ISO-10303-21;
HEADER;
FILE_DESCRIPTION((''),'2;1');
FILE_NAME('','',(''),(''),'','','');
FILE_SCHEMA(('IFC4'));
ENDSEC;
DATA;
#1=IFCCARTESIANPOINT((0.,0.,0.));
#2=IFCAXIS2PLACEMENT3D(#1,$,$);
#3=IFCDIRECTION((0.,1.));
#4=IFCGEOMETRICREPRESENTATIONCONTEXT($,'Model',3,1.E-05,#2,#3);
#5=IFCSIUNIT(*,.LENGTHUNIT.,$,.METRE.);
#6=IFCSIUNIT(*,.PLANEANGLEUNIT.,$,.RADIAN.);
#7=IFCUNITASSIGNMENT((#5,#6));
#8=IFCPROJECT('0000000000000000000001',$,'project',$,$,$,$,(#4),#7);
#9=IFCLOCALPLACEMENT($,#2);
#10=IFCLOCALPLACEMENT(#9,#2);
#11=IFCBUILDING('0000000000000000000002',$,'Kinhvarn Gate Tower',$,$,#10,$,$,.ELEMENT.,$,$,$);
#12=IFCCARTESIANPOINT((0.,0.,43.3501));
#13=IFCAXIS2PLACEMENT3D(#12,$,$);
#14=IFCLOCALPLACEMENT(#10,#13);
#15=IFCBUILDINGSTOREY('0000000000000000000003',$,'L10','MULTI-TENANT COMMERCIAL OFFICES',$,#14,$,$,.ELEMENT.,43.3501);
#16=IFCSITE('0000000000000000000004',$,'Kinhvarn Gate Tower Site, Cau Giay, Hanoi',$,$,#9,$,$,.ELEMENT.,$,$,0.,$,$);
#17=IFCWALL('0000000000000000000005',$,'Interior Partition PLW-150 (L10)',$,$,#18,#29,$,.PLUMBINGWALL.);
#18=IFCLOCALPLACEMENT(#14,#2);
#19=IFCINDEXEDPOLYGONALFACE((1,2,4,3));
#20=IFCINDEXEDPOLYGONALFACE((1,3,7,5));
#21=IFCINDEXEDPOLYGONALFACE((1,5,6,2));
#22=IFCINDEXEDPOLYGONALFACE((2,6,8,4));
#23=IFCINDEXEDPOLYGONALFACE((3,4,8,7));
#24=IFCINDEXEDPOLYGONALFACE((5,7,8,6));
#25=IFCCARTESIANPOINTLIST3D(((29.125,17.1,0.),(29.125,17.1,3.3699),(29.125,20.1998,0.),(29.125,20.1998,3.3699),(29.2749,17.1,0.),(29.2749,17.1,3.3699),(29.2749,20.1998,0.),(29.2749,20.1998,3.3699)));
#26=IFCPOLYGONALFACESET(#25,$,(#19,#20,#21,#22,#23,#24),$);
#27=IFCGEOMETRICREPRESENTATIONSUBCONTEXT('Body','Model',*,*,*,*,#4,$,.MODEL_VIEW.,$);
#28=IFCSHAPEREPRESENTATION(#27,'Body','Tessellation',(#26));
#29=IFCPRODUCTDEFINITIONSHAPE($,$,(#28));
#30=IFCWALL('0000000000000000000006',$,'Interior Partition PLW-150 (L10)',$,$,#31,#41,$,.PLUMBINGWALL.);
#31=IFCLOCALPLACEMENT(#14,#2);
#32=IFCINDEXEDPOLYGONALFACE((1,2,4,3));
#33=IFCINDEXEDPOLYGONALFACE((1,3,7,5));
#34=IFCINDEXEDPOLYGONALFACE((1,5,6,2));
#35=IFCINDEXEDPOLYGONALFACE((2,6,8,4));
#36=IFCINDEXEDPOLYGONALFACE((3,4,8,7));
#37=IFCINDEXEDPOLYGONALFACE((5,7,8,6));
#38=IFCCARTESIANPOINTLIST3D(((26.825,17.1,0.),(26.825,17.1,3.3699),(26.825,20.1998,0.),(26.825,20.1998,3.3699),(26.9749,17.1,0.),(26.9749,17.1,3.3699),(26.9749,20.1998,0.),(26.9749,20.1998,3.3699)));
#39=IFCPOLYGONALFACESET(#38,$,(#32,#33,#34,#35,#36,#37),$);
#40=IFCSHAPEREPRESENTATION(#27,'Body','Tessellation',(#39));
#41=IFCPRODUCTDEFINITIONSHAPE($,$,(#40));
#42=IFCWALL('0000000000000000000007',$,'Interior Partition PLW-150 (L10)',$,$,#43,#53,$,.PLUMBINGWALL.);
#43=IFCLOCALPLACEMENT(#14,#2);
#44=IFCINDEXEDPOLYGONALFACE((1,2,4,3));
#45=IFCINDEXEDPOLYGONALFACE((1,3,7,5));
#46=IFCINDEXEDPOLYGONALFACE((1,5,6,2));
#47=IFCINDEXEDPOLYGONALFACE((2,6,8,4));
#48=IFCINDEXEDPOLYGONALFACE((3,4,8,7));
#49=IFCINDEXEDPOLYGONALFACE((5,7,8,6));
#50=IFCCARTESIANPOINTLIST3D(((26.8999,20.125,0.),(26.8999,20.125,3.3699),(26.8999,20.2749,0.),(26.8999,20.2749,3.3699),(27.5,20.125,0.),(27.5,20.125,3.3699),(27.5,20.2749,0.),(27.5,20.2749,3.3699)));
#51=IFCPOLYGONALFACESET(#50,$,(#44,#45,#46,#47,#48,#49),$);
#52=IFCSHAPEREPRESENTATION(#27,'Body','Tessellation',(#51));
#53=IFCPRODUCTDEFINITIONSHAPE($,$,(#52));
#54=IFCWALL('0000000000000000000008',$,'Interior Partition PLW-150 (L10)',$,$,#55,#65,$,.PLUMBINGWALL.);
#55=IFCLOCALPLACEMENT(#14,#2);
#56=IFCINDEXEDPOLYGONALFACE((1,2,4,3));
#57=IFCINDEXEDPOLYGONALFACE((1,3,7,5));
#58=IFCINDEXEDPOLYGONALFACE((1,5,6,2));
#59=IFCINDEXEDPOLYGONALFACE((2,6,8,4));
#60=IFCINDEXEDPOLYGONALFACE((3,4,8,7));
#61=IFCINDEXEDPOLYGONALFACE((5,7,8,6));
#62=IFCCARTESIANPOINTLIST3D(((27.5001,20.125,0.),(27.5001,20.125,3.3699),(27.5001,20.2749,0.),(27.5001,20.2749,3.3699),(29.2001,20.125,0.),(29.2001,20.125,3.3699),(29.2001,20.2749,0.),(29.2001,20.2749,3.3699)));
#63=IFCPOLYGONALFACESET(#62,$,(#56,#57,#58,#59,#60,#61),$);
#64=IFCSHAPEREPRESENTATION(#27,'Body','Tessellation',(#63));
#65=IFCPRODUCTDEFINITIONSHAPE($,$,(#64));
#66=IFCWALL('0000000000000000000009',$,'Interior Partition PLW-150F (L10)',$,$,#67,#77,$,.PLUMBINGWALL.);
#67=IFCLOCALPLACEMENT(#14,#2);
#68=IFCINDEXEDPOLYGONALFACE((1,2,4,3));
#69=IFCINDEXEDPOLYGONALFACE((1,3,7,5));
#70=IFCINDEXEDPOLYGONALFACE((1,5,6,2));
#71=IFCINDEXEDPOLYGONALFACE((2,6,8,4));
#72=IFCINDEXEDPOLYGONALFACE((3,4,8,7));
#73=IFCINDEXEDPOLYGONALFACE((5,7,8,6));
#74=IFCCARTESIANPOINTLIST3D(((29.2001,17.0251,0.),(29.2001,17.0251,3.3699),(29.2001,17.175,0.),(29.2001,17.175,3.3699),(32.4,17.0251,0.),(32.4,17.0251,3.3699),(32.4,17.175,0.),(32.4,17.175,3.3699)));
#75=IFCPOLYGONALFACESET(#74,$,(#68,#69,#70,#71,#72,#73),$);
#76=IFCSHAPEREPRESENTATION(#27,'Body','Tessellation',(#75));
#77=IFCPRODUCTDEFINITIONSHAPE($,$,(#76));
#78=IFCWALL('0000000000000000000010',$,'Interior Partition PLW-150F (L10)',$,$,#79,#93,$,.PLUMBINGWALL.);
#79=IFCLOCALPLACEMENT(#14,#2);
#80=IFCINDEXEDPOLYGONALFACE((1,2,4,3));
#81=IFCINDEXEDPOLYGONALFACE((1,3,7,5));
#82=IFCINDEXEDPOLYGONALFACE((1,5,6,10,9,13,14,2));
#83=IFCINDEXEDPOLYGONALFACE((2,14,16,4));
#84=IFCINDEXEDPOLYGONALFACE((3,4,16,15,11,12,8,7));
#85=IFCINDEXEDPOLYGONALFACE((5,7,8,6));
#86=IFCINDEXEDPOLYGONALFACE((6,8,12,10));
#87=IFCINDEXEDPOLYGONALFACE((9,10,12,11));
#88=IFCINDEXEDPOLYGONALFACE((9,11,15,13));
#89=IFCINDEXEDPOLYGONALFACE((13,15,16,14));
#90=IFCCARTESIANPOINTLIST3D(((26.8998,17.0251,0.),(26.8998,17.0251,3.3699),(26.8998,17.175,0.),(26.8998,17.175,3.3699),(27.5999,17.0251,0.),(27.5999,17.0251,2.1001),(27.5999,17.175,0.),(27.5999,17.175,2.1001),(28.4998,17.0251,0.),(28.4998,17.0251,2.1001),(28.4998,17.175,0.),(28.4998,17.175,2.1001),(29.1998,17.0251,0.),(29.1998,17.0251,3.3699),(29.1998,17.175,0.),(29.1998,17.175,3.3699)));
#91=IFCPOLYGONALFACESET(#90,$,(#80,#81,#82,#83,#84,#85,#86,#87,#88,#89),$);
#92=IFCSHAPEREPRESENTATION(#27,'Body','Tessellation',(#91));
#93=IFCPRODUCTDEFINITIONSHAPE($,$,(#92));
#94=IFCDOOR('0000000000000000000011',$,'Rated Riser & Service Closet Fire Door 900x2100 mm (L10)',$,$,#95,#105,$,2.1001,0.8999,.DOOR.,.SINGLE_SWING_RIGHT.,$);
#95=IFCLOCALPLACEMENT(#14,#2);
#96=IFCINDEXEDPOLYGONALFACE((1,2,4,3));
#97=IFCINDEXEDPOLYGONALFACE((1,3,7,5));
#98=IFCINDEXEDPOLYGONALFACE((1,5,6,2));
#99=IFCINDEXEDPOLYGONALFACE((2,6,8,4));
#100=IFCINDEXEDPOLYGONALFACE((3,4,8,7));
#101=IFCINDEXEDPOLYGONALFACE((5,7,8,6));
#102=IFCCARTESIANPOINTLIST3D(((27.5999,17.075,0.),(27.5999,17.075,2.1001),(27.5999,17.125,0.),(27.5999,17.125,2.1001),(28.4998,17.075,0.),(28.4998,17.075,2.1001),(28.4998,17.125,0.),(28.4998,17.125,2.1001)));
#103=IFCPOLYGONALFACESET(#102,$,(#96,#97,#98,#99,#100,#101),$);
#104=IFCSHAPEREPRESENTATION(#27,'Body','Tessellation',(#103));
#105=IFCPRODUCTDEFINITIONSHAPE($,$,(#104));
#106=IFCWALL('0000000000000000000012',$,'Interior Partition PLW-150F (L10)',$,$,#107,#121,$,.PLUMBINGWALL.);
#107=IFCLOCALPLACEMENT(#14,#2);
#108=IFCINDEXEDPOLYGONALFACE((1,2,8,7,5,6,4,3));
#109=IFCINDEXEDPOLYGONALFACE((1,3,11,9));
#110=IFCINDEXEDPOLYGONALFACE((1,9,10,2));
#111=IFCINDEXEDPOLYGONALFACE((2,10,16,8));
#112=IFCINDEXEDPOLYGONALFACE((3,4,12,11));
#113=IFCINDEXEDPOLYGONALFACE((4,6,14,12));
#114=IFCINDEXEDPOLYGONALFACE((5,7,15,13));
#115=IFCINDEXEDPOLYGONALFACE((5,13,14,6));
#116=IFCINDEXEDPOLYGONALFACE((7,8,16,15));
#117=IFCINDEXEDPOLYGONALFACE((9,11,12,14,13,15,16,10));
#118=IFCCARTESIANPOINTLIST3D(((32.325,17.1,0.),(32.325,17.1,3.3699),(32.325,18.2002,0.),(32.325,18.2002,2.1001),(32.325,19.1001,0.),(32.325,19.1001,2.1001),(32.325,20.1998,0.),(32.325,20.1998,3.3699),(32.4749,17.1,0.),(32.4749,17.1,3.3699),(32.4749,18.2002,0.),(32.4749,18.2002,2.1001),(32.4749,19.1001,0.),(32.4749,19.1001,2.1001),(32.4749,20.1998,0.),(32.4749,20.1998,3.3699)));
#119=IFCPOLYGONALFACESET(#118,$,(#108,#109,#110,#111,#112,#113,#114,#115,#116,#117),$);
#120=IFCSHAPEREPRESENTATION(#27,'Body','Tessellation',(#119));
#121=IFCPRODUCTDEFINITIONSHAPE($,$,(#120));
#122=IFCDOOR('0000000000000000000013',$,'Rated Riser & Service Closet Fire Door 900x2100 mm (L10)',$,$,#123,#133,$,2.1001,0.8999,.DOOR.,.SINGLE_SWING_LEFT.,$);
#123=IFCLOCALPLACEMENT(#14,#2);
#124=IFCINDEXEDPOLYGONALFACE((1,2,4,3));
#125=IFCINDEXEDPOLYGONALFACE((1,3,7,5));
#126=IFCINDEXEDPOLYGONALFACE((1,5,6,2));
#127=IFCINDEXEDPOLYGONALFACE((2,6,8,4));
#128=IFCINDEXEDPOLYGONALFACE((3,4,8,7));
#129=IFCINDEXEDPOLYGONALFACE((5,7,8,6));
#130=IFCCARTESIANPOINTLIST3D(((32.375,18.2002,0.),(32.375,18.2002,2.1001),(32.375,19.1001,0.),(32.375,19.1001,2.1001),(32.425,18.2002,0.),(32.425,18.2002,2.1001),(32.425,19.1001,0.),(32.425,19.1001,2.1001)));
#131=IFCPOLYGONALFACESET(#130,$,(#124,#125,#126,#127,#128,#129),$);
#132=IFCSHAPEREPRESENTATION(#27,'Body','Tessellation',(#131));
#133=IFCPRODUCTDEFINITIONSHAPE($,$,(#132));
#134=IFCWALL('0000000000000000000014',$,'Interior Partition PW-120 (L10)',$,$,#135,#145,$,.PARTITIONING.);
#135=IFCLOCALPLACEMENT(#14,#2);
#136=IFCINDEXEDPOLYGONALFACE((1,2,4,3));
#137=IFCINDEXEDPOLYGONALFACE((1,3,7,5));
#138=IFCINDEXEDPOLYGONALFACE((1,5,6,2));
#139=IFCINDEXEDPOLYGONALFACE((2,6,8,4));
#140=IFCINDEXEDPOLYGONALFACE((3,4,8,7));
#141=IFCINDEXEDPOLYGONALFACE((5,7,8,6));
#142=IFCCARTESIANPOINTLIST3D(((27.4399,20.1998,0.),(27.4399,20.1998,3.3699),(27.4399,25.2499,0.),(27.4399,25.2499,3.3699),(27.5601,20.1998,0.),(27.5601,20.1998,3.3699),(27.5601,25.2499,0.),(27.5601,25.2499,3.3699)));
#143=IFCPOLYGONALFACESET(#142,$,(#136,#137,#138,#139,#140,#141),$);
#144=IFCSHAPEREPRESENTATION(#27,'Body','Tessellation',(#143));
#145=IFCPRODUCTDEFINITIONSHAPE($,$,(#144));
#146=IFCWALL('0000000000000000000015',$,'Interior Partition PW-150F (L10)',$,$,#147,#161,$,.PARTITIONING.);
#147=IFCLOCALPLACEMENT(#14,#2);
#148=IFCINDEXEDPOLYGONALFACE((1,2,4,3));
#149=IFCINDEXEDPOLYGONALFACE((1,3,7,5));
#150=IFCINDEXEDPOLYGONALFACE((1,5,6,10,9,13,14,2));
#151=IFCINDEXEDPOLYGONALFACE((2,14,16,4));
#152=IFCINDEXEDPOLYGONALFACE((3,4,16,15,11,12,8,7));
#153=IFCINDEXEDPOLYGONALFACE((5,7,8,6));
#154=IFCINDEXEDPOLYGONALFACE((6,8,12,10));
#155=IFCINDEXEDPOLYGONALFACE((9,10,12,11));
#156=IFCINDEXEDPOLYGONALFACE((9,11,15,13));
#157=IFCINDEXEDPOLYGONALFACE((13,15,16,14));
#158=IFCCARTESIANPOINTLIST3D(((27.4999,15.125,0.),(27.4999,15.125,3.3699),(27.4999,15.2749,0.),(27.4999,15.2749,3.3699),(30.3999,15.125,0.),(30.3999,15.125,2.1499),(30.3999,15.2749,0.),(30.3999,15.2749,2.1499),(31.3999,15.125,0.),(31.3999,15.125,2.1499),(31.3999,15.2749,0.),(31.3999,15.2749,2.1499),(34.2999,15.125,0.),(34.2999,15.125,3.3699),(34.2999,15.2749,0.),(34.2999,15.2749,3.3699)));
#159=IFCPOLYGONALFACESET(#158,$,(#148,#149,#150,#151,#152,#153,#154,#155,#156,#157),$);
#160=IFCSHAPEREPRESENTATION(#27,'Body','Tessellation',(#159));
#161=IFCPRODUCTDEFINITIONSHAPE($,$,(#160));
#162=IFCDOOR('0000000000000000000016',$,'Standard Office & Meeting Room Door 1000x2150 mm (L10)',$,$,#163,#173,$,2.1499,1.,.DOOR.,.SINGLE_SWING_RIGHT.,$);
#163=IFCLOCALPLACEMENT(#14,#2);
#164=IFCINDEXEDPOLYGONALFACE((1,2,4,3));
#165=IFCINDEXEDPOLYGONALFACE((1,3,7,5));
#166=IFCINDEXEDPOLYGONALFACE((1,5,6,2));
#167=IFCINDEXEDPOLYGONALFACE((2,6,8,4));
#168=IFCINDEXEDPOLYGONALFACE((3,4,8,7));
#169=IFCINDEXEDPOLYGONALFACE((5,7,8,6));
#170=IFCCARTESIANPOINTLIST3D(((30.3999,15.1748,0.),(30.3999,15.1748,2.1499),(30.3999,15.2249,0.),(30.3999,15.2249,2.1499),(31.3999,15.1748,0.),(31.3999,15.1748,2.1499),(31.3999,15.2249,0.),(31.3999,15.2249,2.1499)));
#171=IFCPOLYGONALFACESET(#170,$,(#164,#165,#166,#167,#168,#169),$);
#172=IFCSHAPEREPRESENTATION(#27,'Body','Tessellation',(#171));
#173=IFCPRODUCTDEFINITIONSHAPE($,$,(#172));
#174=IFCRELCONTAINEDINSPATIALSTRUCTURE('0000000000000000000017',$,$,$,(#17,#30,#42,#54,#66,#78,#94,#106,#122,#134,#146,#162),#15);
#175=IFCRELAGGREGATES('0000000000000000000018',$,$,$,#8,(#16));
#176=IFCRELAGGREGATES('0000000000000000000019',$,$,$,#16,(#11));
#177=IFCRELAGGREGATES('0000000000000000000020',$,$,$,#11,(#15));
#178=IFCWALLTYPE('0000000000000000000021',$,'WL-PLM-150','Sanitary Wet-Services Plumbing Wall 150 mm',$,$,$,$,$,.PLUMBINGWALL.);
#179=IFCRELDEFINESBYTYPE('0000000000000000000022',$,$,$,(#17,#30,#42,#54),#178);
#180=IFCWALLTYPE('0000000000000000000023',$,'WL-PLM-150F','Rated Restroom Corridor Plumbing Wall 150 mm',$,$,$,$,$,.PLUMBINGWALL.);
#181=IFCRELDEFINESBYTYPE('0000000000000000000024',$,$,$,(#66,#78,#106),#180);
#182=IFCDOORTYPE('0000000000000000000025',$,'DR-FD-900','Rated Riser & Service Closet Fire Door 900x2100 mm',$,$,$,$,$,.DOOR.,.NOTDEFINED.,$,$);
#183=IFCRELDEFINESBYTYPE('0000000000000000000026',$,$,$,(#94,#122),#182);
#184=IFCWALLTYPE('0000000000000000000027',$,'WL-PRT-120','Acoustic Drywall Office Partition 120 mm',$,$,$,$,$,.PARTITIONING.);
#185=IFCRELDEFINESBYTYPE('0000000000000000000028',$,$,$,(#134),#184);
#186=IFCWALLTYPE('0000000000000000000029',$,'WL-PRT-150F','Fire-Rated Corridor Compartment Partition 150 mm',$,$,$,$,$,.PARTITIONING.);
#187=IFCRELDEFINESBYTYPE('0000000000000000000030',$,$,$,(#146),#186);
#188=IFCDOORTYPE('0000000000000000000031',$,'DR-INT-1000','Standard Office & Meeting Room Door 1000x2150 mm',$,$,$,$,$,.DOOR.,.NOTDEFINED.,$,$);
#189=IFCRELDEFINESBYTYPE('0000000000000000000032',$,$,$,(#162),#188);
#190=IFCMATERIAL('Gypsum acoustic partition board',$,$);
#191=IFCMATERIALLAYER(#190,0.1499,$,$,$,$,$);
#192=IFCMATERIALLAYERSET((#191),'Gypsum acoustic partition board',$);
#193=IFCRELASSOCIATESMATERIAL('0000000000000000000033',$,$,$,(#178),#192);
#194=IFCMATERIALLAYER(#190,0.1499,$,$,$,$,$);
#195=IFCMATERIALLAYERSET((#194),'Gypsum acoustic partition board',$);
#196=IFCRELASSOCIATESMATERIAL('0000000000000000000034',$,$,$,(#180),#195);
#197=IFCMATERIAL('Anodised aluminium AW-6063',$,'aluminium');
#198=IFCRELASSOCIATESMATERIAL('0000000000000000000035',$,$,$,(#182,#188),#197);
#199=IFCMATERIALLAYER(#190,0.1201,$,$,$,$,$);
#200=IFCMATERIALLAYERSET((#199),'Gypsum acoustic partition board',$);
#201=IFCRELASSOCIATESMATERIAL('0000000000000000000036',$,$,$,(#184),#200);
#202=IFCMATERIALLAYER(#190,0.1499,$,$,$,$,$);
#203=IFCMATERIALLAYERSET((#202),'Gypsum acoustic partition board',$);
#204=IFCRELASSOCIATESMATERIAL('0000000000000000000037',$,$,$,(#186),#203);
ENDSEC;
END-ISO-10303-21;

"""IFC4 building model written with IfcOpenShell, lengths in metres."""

from ifc_helpers import new_model, si_unit, direction, frame, frame_2d, origin, place, context, subcontext, project, spatial, rectangle, extrude, material, layer, layer_set, type_object, element, fill, save


model = new_model("IFC4")

# Units and contexts
model_context = context("Model", 3, precision=1e-05, world=origin(), true_north=direction((0.0, 1.0)))
body_context = subcontext(model_context, "Body", "Model", "MODEL_VIEW")
ifc_project = project(units=[si_unit("LENGTHUNIT", "METRE"), si_unit("PLANEANGLEUNIT", "RADIAN")], contexts=[model_context])

# Site, building, storey
site_placement = place(None, origin())
site = spatial("IfcSite", under=ifc_project, at=site_placement, Name="Kinhvarn Gate Tower Site, Cau Giay, Hanoi", CompositionType="ELEMENT", RefElevation=0.0)
building_placement = place(site_placement, origin())
building = spatial("IfcBuilding", under=site, at=building_placement, Name="Kinhvarn Gate Tower", CompositionType="ELEMENT")
storey_placement = place(building_placement, frame((0.0, 0.0, 43.3501)))
storey = spatial("IfcBuildingStorey", under=building, at=storey_placement, Name="L10", Description="MULTI-TENANT COMMERCIAL OFFICES", CompositionType="ELEMENT", Elevation=43.3501)

# Walls
ifc_material_1 = material(Name="Gypsum acoustic partition board")
ifc_layer_1 = layer(ifc_material_1, 0.1499)
ifc_layer_set_1 = layer_set([ifc_layer_1], Name="Gypsum acoustic partition board")
wall_type_1 = type_object("IfcWallType", Name="WL-PLM-150", Description="Sanitary Wet-Services Plumbing Wall 150 mm", PredefinedType="PLUMBINGWALL", material=ifc_layer_set_1)
for number, where, z_axis, x_axis, name in (
    (1, (29.2, 17.1001, 0.0), (0.0, 0.0, 1.0), (0.0, 1.0, 0.0), "Interior Partition PLW-150 (L10)"),
    (2, (26.8999, 17.1001, 0.0), (0.0, 0.0, 1.0), (0.0, 1.0, 0.0), "Interior Partition PLW-150 (L10)"),
):
    element("IfcWall", number, at=place(storey_placement, frame(where, z_axis=z_axis, x_axis=x_axis)), inside=storey, type_object=wall_type_1, Name=name, PredefinedType="PLUMBINGWALL", context=body_context, shape_type="SweptSolid", body=[
        extrude(rectangle(XDim=3.0999, YDim=0.1499, at=frame_2d((1.5498, 0.0))), origin(), (0.0, 0.0, 1.0), 3.3699),
    ])
wall_1_placement = place(storey_placement, frame((26.8999, 20.2, 0.0), z_axis=(0.0, 0.0, 1.0), x_axis=(1.0, 0.0, 0.0)))
element("IfcWall", 3, at=wall_1_placement, inside=storey, type_object=wall_type_1, Name="Interior Partition PLW-150 (L10)", PredefinedType="PLUMBINGWALL", context=body_context, shape_type="SweptSolid", body=[
    extrude(rectangle(XDim=0.6001, YDim=0.1499, at=frame_2d((0.3, 0.0))), origin(), (0.0, 0.0, 1.0), 3.3699),
])
wall_2_placement = place(storey_placement, frame((27.5, 20.2, 0.0), z_axis=(0.0, 0.0, 1.0), x_axis=(1.0, 0.0, 0.0)))
element("IfcWall", 4, at=wall_2_placement, inside=storey, type_object=wall_type_1, Name="Interior Partition PLW-150 (L10)", PredefinedType="PLUMBINGWALL", context=body_context, shape_type="SweptSolid", body=[
    extrude(rectangle(XDim=1.7, YDim=0.1499, at=frame_2d((0.8501, 0.0))), origin(), (0.0, 0.0, 1.0), 3.3699),
])
ifc_layer_2 = layer(ifc_material_1, 0.1499)
ifc_layer_set_2 = layer_set([ifc_layer_2], Name="Gypsum acoustic partition board")
wall_type_2 = type_object("IfcWallType", Name="WL-PLM-150F", Description="Rated Restroom Corridor Plumbing Wall 150 mm", PredefinedType="PLUMBINGWALL", material=ifc_layer_set_2)
wall_3_placement = place(storey_placement, frame((29.2, 17.1001, 0.0), z_axis=(0.0, 0.0, 1.0), x_axis=(1.0, 0.0, 0.0)))
element("IfcWall", 5, at=wall_3_placement, inside=storey, type_object=wall_type_2, Name="Interior Partition PLW-150F (L10)", PredefinedType="PLUMBINGWALL", context=body_context, shape_type="SweptSolid", body=[
    extrude(rectangle(XDim=3.2, YDim=0.1499, at=frame_2d((1.6001, 0.0))), origin(), (0.0, 0.0, 1.0), 3.3699),
])

# Walls, openings, doors
wall_4_placement = place(storey_placement, frame((26.8999, 17.1001, 0.0), z_axis=(0.0, 0.0, 1.0), x_axis=(1.0, 0.0, 0.0)))
wall_4 = element("IfcWall", 6, at=wall_4_placement, inside=storey, type_object=wall_type_2, Name="Interior Partition PLW-150F (L10)", PredefinedType="PLUMBINGWALL", context=body_context, shape_type="SweptSolid", body=[
    extrude(rectangle(XDim=2.3, YDim=0.1499, at=frame_2d((1.1499, 0.0))), origin(), (0.0, 0.0, 1.0), 3.3699),
])
opening_1_placement = place(wall_4_placement, frame((0.7, 0.0, 0.0)))
opening_1 = element("IfcOpeningElement", 7, at=opening_1_placement, cuts=wall_4, PredefinedType="OPENING", context=body_context, shape_type="SweptSolid", body=[
    extrude(rectangle(XDim=0.8999, YDim=2.1001, at=frame_2d((0.45, 1.05))), frame((0.0, 0.085, 0.0), z_axis=(0.0, -1.0, 0.0), x_axis=(1.0, 0.0, 0.0)), (0.0, 0.0, 1.0), 0.1699),
])
ifc_material_2 = material(Name="Anodised aluminium AW-6063", Category="aluminium")
door_type_1 = type_object("IfcDoorType", Name="DR-FD-900", Description="Rated Riser & Service Closet Fire Door 900x2100 mm", OperationType="NOTDEFINED", PredefinedType="DOOR", material=ifc_material_2)
door_1_placement = place(opening_1_placement, origin())
door_1 = element("IfcDoor", 8, at=door_1_placement, inside=storey, type_object=door_type_1, Name="Rated Riser & Service Closet Fire Door 900x2100 mm (L10)", OperationType="SINGLE_SWING_RIGHT", OverallHeight=2.1001, OverallWidth=0.8999, PredefinedType="DOOR", context=body_context, shape_type="SweptSolid", body=[
    extrude(rectangle(XDim=0.8999, YDim=2.1001, at=frame_2d((0.45, 1.05))), frame((0.0, 0.0249, 0.0), z_axis=(0.0, -1.0, 0.0), x_axis=(1.0, 0.0, 0.0)), (0.0, 0.0, 1.0), 0.05),
])
fill(opening_1, door_1)
wall_5_placement = place(storey_placement, frame((32.3999, 17.1001, 0.0), z_axis=(0.0, 0.0, 1.0), x_axis=(0.0, 1.0, 0.0)))
wall_5 = element("IfcWall", 9, at=wall_5_placement, inside=storey, type_object=wall_type_2, Name="Interior Partition PLW-150F (L10)", PredefinedType="PLUMBINGWALL", context=body_context, shape_type="SweptSolid", body=[
    extrude(rectangle(XDim=3.0999, YDim=0.1499, at=frame_2d((1.5498, 0.0))), origin(), (0.0, 0.0, 1.0), 3.3699),
])
opening_2_placement = place(wall_5_placement, frame((1.1001, 0.0, 0.0)))
opening_2 = element("IfcOpeningElement", 10, at=opening_2_placement, cuts=wall_5, PredefinedType="OPENING", context=body_context, shape_type="SweptSolid", body=[
    extrude(rectangle(XDim=0.8999, YDim=2.1001, at=frame_2d((0.45, 1.05))), frame((0.0, 0.085, 0.0), z_axis=(0.0, -1.0, 0.0), x_axis=(1.0, 0.0, 0.0)), (0.0, 0.0, 1.0), 0.1699),
])
door_2_placement = place(opening_2_placement, origin())
door_2 = element("IfcDoor", 11, at=door_2_placement, inside=storey, type_object=door_type_1, Name="Rated Riser & Service Closet Fire Door 900x2100 mm (L10)", OperationType="SINGLE_SWING_LEFT", OverallHeight=2.1001, OverallWidth=0.8999, PredefinedType="DOOR", context=body_context, shape_type="SweptSolid", body=[
    extrude(rectangle(XDim=0.8999, YDim=2.1001, at=frame_2d((0.45, 1.05))), frame((0.0, 0.0249, 0.0), z_axis=(0.0, -1.0, 0.0), x_axis=(1.0, 0.0, 0.0)), (0.0, 0.0, 1.0), 0.05),
])
fill(opening_2, door_2)

# Wall
ifc_layer_3 = layer(ifc_material_1, 0.1201)
ifc_layer_set_3 = layer_set([ifc_layer_3], Name="Gypsum acoustic partition board")
wall_type_3 = type_object("IfcWallType", Name="WL-PRT-120", Description="Acoustic Drywall Office Partition 120 mm", PredefinedType="PARTITIONING", material=ifc_layer_set_3)
wall_6_placement = place(storey_placement, frame((27.5, 20.2, 0.0), z_axis=(0.0, 0.0, 1.0), x_axis=(0.0, 1.0, 0.0)))
element("IfcWall", 12, at=wall_6_placement, inside=storey, type_object=wall_type_3, Name="Interior Partition PW-120 (L10)", PredefinedType="PARTITIONING", context=body_context, shape_type="SweptSolid", body=[
    extrude(rectangle(XDim=5.05, YDim=0.1201, at=frame_2d((2.5249, 0.0))), origin(), (0.0, 0.0, 1.0), 3.3699),
])

# Wall, opening, door
ifc_layer_4 = layer(ifc_material_1, 0.1499)
ifc_layer_set_4 = layer_set([ifc_layer_4], Name="Gypsum acoustic partition board")
wall_type_4 = type_object("IfcWallType", Name="WL-PRT-150F", Description="Fire-Rated Corridor Compartment Partition 150 mm", PredefinedType="PARTITIONING", material=ifc_layer_set_4)
wall_7_placement = place(storey_placement, frame((27.5, 15.2, 0.0), z_axis=(0.0, 0.0, 1.0), x_axis=(1.0, 0.0, 0.0)))
wall_7 = element("IfcWall", 13, at=wall_7_placement, inside=storey, type_object=wall_type_4, Name="Interior Partition PW-150F (L10)", PredefinedType="PARTITIONING", context=body_context, shape_type="SweptSolid", body=[
    extrude(rectangle(XDim=6.8, YDim=0.1499, at=frame_2d((3.3999, 0.0))), origin(), (0.0, 0.0, 1.0), 3.3699),
])
opening_3_placement = place(wall_7_placement, frame((2.8999, 0.0, 0.0)))
opening_3 = element("IfcOpeningElement", 14, at=opening_3_placement, cuts=wall_7, PredefinedType="OPENING", context=body_context, shape_type="SweptSolid", body=[
    extrude(rectangle(XDim=1.0, YDim=2.1499, at=frame_2d((0.5, 1.075))), frame((0.0, 0.085, 0.0), z_axis=(0.0, -1.0, 0.0), x_axis=(1.0, 0.0, 0.0)), (0.0, 0.0, 1.0), 0.1699),
])
door_type_2 = type_object("IfcDoorType", Name="DR-INT-1000", Description="Standard Office & Meeting Room Door 1000x2150 mm", OperationType="NOTDEFINED", PredefinedType="DOOR", material=ifc_material_2)
door_3_placement = place(opening_3_placement, origin())
door_3 = element("IfcDoor", 15, at=door_3_placement, inside=storey, type_object=door_type_2, Name="Standard Office & Meeting Room Door 1000x2150 mm (L10)", OperationType="SINGLE_SWING_RIGHT", OverallHeight=2.1499, OverallWidth=1.0, PredefinedType="DOOR", context=body_context, shape_type="SweptSolid", body=[
    extrude(rectangle(XDim=1.0, YDim=2.1499, at=frame_2d((0.5, 1.075))), frame((0.0, 0.0249, 0.0), z_axis=(0.0, -1.0, 0.0), x_axis=(1.0, 0.0, 0.0)), (0.0, 0.0, 1.0), 0.05),
])
fill(opening_3, door_3)

save(model, "model.ifc")
